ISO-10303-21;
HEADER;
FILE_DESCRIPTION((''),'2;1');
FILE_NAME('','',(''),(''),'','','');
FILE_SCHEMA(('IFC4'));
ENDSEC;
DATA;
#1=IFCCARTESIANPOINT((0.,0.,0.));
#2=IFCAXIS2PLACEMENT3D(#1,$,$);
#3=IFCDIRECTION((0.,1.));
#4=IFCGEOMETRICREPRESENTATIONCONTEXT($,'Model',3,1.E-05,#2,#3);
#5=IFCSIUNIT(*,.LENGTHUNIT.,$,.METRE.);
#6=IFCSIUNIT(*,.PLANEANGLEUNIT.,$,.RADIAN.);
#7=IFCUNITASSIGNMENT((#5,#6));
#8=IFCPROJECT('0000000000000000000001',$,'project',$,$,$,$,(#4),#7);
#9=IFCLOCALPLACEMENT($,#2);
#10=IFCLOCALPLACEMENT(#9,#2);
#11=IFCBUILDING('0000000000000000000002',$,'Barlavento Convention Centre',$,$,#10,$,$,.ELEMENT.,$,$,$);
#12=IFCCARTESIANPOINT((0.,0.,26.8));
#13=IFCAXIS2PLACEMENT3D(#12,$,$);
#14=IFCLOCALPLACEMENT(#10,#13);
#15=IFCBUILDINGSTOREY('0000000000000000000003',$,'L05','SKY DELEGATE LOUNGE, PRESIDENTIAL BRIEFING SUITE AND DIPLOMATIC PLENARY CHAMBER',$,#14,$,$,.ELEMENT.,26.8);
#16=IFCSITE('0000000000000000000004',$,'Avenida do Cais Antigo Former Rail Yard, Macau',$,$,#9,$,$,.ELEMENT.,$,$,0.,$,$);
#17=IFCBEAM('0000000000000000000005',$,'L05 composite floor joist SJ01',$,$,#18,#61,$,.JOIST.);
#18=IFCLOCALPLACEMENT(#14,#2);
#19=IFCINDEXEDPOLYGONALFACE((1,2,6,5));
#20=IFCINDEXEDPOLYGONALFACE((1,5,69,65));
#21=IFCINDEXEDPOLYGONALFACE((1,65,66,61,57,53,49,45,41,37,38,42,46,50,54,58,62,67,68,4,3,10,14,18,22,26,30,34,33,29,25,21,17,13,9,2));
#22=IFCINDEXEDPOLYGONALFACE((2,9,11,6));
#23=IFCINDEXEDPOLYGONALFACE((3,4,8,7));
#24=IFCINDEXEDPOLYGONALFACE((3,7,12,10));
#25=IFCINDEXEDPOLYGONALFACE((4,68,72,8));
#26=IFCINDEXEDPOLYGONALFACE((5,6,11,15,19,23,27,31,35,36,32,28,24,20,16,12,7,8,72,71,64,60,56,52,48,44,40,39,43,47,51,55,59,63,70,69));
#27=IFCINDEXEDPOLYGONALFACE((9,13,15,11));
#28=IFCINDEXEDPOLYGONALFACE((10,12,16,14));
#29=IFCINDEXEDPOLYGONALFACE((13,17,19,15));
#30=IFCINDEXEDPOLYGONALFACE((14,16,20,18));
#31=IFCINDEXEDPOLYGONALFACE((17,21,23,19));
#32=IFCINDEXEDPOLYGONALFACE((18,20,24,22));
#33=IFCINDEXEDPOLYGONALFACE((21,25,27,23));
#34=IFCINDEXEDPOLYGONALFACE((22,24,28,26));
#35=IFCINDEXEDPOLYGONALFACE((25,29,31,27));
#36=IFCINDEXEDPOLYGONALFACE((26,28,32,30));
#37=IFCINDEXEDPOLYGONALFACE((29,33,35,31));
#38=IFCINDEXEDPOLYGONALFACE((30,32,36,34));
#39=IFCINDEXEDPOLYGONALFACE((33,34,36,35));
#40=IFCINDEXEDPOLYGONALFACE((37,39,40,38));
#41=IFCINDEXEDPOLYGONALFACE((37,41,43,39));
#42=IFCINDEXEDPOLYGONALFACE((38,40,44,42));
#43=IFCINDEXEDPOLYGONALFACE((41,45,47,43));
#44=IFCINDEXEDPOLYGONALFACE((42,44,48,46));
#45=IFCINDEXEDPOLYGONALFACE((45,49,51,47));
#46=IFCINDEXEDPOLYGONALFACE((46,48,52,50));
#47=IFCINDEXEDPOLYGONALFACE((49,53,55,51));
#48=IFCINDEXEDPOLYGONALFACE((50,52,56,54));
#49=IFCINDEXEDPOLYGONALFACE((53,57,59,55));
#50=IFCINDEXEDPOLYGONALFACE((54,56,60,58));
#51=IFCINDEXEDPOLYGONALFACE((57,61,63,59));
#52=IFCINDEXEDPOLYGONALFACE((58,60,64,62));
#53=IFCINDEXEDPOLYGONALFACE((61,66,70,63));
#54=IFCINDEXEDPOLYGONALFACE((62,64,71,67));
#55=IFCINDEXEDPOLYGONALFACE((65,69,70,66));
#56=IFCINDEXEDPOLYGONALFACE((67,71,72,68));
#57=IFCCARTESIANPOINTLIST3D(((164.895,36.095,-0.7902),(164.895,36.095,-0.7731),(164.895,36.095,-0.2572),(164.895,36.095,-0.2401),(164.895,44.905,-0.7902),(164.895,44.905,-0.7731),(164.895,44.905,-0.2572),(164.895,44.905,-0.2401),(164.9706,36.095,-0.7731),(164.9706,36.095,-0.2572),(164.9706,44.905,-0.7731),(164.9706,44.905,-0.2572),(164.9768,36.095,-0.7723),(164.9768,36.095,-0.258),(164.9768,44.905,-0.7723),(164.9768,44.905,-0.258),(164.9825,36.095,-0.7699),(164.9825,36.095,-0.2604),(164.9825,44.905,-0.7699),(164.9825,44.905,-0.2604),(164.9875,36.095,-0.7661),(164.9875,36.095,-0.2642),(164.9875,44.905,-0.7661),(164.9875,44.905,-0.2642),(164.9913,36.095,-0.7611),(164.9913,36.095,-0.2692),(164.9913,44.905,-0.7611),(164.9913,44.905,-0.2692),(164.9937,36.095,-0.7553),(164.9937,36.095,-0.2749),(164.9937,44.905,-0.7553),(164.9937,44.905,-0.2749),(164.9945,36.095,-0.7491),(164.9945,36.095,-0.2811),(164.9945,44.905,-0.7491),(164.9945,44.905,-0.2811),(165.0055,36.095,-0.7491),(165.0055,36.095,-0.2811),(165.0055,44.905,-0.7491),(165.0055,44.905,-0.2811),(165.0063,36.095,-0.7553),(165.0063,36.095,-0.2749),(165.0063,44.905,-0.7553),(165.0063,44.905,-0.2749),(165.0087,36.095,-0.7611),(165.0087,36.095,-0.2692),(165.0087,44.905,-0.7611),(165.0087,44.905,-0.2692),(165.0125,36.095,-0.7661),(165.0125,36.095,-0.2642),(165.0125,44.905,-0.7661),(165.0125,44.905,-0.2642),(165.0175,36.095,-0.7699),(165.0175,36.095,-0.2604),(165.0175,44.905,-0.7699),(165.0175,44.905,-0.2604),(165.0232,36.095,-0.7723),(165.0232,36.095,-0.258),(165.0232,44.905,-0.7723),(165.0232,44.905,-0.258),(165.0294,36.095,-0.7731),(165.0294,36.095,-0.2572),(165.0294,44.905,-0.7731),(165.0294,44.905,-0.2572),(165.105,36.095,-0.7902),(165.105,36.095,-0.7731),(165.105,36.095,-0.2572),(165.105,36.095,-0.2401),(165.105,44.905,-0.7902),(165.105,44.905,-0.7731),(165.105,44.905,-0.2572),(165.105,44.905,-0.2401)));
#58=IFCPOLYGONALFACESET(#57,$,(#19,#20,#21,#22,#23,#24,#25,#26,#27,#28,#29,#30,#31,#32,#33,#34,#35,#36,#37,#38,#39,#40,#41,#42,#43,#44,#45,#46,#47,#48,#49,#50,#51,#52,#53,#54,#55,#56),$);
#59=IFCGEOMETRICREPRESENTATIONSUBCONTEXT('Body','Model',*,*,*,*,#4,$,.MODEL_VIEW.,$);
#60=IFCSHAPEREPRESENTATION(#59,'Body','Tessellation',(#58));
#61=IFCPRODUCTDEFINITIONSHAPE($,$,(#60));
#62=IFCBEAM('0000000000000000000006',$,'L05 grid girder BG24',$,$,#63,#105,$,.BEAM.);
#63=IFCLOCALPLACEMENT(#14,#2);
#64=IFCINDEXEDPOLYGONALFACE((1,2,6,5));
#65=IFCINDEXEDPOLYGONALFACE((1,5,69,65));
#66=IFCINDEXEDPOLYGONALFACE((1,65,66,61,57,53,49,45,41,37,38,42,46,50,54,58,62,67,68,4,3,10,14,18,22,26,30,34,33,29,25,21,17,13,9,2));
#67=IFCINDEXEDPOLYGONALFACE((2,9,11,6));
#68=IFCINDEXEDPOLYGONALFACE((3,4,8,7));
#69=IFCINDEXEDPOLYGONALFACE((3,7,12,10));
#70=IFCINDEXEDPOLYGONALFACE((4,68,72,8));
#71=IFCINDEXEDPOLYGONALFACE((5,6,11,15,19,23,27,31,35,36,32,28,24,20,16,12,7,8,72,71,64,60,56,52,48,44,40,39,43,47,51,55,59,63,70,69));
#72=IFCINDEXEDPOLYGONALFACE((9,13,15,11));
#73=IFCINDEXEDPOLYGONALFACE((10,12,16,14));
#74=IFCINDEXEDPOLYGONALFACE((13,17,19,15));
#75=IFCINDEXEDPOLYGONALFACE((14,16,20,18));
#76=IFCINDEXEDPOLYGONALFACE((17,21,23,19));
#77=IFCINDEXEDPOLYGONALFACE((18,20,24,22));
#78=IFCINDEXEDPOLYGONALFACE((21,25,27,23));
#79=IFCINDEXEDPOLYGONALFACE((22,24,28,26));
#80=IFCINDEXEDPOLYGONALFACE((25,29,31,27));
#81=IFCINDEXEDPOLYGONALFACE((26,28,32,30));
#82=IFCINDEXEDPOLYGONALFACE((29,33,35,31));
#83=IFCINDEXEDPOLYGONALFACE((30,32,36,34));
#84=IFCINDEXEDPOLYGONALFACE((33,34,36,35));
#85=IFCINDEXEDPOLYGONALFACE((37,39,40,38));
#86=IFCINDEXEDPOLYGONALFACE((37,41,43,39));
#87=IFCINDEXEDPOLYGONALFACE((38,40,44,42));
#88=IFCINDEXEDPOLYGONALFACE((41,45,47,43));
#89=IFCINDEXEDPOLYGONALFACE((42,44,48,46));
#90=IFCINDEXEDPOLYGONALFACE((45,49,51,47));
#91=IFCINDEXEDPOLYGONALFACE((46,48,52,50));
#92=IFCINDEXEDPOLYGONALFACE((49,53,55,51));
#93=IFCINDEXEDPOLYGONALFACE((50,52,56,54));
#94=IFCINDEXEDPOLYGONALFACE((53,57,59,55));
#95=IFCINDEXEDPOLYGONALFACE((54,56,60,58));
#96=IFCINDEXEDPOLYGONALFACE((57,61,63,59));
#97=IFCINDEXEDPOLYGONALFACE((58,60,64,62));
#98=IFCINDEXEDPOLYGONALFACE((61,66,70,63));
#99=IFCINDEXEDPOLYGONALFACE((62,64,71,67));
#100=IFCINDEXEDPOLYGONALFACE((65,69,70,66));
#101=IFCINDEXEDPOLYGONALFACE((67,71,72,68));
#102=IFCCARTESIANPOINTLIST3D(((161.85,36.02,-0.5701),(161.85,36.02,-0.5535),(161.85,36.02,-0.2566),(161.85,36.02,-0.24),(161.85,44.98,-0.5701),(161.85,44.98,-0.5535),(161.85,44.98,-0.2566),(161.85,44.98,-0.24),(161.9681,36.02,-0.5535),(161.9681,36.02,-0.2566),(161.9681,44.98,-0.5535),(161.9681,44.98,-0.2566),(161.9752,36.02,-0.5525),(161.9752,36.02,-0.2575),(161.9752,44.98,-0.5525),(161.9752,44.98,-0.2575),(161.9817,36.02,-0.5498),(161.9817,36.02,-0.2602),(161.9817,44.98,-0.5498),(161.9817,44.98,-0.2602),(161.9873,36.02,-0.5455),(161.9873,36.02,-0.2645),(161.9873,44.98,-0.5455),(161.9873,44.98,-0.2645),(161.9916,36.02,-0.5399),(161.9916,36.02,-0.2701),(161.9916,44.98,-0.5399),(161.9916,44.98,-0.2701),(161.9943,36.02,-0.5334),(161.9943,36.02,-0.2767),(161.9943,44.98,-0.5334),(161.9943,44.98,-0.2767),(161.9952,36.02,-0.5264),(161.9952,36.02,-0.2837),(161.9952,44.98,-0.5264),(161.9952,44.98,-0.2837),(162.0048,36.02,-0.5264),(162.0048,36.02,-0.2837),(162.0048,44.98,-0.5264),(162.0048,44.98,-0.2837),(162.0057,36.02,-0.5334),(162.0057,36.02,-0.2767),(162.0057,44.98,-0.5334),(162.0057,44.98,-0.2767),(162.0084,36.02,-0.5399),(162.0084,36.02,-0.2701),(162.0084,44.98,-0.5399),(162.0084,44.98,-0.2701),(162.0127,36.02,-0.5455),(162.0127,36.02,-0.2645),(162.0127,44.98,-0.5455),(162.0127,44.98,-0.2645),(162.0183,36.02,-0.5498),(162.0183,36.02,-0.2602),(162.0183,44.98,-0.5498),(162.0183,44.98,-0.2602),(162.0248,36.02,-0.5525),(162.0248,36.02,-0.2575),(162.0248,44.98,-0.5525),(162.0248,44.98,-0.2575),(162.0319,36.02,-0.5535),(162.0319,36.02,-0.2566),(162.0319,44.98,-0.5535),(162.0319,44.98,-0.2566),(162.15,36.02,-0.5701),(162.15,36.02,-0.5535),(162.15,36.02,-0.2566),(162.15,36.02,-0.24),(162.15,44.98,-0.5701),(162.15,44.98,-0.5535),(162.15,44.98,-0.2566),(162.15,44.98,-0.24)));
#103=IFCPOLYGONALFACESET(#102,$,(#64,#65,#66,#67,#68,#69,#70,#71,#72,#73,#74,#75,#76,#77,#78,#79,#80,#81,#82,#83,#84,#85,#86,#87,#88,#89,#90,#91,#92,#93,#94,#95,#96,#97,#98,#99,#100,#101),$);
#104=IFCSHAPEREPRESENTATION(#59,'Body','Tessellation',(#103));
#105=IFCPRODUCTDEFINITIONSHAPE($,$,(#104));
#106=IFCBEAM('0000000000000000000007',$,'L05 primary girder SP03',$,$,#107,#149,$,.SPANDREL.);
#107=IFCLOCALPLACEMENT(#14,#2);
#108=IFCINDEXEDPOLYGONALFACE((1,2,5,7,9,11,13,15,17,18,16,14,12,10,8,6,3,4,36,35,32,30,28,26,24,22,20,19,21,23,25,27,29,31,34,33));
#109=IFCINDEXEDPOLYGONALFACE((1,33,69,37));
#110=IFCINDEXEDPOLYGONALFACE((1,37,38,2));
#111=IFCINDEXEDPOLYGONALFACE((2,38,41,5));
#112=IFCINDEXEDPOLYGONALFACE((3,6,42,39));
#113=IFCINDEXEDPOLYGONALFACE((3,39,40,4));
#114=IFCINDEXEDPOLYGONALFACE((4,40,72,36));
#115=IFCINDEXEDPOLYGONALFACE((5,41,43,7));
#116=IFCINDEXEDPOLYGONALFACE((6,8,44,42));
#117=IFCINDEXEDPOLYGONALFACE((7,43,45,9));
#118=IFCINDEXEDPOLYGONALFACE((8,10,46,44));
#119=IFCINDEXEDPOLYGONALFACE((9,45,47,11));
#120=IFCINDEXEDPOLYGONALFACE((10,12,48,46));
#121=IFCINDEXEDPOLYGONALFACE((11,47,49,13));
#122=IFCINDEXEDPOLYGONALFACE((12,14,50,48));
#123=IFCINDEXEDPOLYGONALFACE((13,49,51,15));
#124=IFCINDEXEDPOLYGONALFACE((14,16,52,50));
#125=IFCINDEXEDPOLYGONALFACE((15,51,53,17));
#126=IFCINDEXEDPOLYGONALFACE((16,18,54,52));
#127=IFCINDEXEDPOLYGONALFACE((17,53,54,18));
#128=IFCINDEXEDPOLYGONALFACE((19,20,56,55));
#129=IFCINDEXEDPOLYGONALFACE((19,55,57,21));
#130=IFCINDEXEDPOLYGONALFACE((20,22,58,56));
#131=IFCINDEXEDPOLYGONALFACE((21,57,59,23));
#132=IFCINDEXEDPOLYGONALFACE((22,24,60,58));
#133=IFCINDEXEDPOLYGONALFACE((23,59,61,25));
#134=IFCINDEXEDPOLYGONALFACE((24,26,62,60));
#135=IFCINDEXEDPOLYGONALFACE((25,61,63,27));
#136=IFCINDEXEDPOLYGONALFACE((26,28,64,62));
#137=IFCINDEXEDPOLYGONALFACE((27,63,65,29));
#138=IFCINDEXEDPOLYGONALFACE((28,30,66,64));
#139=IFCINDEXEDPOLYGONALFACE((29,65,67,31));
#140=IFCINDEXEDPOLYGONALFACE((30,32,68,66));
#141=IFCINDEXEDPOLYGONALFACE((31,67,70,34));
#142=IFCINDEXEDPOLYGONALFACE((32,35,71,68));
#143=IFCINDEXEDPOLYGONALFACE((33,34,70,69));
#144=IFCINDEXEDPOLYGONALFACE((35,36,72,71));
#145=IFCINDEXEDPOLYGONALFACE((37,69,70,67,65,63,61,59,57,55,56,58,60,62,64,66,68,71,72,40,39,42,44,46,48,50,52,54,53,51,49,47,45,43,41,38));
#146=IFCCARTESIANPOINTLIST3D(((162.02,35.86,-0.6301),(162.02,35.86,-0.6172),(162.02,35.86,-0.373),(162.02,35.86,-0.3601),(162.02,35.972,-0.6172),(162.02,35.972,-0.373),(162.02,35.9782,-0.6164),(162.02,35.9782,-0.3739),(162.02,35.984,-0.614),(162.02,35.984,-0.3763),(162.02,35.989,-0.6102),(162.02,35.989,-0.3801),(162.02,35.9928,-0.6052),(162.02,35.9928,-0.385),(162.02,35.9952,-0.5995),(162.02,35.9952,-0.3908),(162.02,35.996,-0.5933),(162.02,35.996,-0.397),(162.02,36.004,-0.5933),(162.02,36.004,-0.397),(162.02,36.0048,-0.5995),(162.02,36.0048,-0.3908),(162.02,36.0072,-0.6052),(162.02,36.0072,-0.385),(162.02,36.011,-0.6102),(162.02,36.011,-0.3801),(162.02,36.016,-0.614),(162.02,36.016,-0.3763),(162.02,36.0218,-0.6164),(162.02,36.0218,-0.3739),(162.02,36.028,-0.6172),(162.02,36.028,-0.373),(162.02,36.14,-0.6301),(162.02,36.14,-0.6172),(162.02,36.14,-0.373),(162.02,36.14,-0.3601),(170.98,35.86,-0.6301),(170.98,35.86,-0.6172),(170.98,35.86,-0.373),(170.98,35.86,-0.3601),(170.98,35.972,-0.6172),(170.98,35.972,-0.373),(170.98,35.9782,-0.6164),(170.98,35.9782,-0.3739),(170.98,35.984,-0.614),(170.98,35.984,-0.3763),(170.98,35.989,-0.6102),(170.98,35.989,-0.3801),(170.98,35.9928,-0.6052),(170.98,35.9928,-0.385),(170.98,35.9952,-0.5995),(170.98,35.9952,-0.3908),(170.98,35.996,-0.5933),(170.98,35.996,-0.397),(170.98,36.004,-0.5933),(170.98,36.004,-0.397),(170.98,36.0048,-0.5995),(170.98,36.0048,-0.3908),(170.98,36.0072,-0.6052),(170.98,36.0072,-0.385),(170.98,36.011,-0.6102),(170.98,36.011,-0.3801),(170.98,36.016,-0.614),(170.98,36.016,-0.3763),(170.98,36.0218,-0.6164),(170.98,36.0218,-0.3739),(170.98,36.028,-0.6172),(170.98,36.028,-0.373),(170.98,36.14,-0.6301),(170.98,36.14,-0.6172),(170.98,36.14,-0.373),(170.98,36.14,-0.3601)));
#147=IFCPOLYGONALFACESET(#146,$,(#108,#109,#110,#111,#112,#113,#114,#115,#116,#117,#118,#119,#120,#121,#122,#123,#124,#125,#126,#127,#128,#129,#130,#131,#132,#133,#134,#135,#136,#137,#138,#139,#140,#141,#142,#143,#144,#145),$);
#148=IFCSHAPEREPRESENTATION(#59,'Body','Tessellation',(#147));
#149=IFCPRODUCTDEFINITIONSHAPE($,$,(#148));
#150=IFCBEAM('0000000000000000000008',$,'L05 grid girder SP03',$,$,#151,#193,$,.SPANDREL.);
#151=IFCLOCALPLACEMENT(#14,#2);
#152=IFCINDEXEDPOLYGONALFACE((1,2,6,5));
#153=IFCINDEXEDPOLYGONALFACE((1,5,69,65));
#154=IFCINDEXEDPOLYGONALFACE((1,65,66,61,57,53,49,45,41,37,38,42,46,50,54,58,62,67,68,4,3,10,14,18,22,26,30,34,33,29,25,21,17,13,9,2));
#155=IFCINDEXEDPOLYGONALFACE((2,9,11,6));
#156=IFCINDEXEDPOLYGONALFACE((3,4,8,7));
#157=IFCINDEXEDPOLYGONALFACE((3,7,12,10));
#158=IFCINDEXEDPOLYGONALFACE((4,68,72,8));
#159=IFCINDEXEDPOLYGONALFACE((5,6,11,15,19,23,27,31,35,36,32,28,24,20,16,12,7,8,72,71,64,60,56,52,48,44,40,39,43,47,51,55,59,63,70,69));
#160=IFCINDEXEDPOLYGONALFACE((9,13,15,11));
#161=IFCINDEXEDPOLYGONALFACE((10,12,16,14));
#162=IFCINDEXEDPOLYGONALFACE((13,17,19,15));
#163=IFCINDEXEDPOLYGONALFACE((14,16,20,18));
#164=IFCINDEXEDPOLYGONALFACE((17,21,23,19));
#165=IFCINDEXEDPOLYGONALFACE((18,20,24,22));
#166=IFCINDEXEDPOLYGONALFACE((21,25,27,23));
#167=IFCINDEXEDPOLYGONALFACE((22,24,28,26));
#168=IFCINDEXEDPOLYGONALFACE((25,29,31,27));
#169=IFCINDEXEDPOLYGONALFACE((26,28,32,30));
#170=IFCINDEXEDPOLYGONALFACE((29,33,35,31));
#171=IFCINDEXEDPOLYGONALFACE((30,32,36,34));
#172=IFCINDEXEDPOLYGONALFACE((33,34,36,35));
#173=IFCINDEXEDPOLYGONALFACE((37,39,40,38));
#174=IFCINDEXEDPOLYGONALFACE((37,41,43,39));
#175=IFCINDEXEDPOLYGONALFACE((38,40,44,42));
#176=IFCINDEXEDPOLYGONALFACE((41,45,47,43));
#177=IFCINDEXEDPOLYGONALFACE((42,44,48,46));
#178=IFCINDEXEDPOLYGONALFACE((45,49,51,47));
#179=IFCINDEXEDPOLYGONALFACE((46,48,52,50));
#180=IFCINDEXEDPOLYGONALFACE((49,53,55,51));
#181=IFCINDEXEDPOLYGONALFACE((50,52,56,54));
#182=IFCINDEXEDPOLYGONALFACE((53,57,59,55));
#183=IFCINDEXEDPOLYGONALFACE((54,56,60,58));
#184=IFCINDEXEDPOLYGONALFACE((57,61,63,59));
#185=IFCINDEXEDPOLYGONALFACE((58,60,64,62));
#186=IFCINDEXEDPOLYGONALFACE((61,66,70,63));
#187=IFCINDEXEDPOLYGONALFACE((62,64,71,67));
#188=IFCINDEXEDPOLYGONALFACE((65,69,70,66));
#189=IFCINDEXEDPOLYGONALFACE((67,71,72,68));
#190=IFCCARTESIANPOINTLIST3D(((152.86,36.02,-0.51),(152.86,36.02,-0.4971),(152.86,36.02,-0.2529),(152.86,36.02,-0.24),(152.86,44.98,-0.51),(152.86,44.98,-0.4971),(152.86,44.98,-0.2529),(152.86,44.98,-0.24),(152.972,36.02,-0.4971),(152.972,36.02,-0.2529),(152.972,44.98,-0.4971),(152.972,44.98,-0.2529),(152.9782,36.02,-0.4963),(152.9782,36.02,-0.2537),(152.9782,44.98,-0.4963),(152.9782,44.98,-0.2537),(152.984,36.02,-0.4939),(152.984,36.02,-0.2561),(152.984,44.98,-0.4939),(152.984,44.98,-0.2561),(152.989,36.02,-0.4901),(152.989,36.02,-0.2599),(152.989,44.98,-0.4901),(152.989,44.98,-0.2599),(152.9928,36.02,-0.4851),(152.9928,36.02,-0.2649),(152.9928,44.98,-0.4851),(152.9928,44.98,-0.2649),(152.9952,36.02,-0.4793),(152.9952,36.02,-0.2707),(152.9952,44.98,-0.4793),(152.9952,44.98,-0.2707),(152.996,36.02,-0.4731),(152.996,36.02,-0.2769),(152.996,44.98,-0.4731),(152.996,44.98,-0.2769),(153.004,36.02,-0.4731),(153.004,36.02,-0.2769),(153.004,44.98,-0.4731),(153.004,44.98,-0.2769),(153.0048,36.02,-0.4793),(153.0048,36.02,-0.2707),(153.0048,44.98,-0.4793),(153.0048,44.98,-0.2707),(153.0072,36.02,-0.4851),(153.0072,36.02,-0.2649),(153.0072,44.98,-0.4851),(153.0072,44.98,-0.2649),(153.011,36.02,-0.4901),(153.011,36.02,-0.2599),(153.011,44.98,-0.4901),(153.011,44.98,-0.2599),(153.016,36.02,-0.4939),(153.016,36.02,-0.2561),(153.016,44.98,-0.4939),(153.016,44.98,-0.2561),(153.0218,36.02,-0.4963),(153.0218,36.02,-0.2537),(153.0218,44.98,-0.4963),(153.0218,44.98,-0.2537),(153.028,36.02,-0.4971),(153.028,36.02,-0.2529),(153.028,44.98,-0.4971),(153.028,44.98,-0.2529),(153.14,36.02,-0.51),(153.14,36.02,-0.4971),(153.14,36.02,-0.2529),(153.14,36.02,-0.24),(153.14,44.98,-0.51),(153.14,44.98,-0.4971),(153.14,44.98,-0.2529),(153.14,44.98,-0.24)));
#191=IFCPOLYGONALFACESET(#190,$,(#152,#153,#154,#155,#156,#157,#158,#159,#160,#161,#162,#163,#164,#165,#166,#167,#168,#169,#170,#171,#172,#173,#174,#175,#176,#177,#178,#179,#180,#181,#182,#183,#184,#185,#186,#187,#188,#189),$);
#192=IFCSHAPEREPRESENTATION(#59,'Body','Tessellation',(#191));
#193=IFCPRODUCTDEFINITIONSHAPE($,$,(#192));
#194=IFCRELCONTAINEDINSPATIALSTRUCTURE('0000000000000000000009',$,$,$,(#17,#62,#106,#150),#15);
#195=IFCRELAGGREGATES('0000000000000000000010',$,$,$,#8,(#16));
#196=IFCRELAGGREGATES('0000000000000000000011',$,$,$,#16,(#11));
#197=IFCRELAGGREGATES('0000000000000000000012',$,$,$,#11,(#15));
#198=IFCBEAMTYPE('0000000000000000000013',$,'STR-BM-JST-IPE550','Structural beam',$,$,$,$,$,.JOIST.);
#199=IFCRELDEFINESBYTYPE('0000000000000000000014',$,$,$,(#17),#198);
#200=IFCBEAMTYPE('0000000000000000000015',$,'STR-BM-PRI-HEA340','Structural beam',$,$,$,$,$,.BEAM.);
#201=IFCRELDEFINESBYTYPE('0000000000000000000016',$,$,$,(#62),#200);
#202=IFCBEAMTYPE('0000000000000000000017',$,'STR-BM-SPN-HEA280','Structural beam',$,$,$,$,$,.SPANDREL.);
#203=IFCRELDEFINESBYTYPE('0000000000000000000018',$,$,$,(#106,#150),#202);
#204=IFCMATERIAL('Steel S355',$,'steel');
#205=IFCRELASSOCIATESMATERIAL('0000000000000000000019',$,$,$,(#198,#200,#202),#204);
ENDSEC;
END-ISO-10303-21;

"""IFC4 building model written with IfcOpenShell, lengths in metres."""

from ifc_helpers import new_model, si_unit, direction, frame, origin, origin_2d, place, context, subcontext, project, spatial, i_section, extrude, material, material_profile, profile_set, type_object, element, save


model = new_model("IFC4")

# Units and contexts
model_context = context("Model", 3, precision=1e-05, world=origin(), true_north=direction((0.0, 1.0)))
body_context = subcontext(model_context, "Body", "Model", "MODEL_VIEW")
ifc_project = project(units=[si_unit("LENGTHUNIT", "METRE"), si_unit("PLANEANGLEUNIT", "RADIAN")], contexts=[model_context])

# Site, building, storey
site_placement = place(None, origin())
site = spatial("IfcSite", under=ifc_project, at=site_placement, Name="Avenida do Cais Antigo Former Rail Yard, Macau", CompositionType="ELEMENT", RefElevation=0.0)
building_placement = place(site_placement, origin())
building = spatial("IfcBuilding", under=site, at=building_placement, Name="Barlavento Convention Centre", CompositionType="ELEMENT")
storey_placement = place(building_placement, frame((0.0, 0.0, 26.8)))
storey = spatial("IfcBuildingStorey", under=building, at=storey_placement, Name="L05", Description="SKY DELEGATE LOUNGE, PRESIDENTIAL BRIEFING SUITE AND DIPLOMATIC PLENARY CHAMBER", CompositionType="ELEMENT", Elevation=26.8)

# Beams
ifc_material_1 = material(Name="Steel S355", Category="steel")
ifc_material_profile_1 = material_profile(ifc_material_1, i_section(OverallWidth=0.21, OverallDepth=0.55, WebThickness=0.011, FlangeThickness=0.0171, FilletRadius=0.0239, at=origin_2d()), Name="IPE 550")
ifc_profile_set_1 = profile_set([ifc_material_profile_1], Name="Steel S355")
beam_type_1 = type_object("IfcBeamType", Name="STR-BM-JST-IPE550", Description="Structural beam", PredefinedType="JOIST", material=ifc_profile_set_1)
beam_1_placement = place(storey_placement, frame((165.0, 36.095, -0.5151), z_axis=(0.0, 1.0, 0.0), x_axis=(-1.0, 0.0, 0.0)))
element("IfcBeam", 1, at=beam_1_placement, inside=storey, type_object=beam_type_1, Name="L05 composite floor joist SJ01", PredefinedType="JOIST", context=body_context, shape_type="SweptSolid", body=[
    extrude(i_section(OverallWidth=0.21, OverallDepth=0.55, WebThickness=0.011, FlangeThickness=0.0171, FilletRadius=0.0239, at=origin_2d()), origin(), (0.0, 0.0, 1.0), 8.8101),
])
ifc_material_profile_2 = material_profile(ifc_material_1, i_section(OverallWidth=0.3, OverallDepth=0.3301, WebThickness=0.0095, FlangeThickness=0.0166, FilletRadius=0.0271, at=origin_2d()), Name="HEA 340")
ifc_profile_set_2 = profile_set([ifc_material_profile_2], Name="Steel S355")
beam_type_2 = type_object("IfcBeamType", Name="STR-BM-PRI-HEA340", Description="Structural beam", PredefinedType="BEAM", material=ifc_profile_set_2)
beam_2_placement = place(storey_placement, frame((162.0, 36.02, -0.405), z_axis=(0.0, 1.0, 0.0), x_axis=(-1.0, 0.0, 0.0)))
element("IfcBeam", 2, at=beam_2_placement, inside=storey, type_object=beam_type_2, Name="L05 grid girder BG24", PredefinedType="BEAM", context=body_context, shape_type="SweptSolid", body=[
    extrude(i_section(OverallWidth=0.3, OverallDepth=0.3301, WebThickness=0.0095, FlangeThickness=0.0166, FilletRadius=0.0271, at=origin_2d()), origin(), (0.0, 0.0, 1.0), 8.96),
])
ifc_material_profile_3 = material_profile(ifc_material_1, i_section(OverallWidth=0.28, OverallDepth=0.27, WebThickness=0.0081, FlangeThickness=0.0129, FilletRadius=0.0239, at=origin_2d()), Name="HEA 280")
ifc_profile_set_3 = profile_set([ifc_material_profile_3], Name="Steel S355")
beam_type_3 = type_object("IfcBeamType", Name="STR-BM-SPN-HEA280", Description="Structural beam", PredefinedType="SPANDREL", material=ifc_profile_set_3)
for number, where, z_axis, x_axis, name in (
    (3, (162.02, 36.0, -0.4951), (1.0, 0.0, 0.0), (0.0, 1.0, 0.0), "L05 primary girder SP03"),
    (4, (153.0, 36.02, -0.375), (0.0, 1.0, 0.0), (-1.0, 0.0, 0.0), "L05 grid girder SP03"),
):
    element("IfcBeam", number, at=place(storey_placement, frame(where, z_axis=z_axis, x_axis=x_axis)), inside=storey, type_object=beam_type_3, Name=name, PredefinedType="SPANDREL", context=body_context, shape_type="SweptSolid", body=[
        extrude(i_section(OverallWidth=0.28, OverallDepth=0.27, WebThickness=0.0081, FlangeThickness=0.0129, FilletRadius=0.0239, at=origin_2d()), origin(), (0.0, 0.0, 1.0), 8.96),
    ])

save(model, "model.ifc")
